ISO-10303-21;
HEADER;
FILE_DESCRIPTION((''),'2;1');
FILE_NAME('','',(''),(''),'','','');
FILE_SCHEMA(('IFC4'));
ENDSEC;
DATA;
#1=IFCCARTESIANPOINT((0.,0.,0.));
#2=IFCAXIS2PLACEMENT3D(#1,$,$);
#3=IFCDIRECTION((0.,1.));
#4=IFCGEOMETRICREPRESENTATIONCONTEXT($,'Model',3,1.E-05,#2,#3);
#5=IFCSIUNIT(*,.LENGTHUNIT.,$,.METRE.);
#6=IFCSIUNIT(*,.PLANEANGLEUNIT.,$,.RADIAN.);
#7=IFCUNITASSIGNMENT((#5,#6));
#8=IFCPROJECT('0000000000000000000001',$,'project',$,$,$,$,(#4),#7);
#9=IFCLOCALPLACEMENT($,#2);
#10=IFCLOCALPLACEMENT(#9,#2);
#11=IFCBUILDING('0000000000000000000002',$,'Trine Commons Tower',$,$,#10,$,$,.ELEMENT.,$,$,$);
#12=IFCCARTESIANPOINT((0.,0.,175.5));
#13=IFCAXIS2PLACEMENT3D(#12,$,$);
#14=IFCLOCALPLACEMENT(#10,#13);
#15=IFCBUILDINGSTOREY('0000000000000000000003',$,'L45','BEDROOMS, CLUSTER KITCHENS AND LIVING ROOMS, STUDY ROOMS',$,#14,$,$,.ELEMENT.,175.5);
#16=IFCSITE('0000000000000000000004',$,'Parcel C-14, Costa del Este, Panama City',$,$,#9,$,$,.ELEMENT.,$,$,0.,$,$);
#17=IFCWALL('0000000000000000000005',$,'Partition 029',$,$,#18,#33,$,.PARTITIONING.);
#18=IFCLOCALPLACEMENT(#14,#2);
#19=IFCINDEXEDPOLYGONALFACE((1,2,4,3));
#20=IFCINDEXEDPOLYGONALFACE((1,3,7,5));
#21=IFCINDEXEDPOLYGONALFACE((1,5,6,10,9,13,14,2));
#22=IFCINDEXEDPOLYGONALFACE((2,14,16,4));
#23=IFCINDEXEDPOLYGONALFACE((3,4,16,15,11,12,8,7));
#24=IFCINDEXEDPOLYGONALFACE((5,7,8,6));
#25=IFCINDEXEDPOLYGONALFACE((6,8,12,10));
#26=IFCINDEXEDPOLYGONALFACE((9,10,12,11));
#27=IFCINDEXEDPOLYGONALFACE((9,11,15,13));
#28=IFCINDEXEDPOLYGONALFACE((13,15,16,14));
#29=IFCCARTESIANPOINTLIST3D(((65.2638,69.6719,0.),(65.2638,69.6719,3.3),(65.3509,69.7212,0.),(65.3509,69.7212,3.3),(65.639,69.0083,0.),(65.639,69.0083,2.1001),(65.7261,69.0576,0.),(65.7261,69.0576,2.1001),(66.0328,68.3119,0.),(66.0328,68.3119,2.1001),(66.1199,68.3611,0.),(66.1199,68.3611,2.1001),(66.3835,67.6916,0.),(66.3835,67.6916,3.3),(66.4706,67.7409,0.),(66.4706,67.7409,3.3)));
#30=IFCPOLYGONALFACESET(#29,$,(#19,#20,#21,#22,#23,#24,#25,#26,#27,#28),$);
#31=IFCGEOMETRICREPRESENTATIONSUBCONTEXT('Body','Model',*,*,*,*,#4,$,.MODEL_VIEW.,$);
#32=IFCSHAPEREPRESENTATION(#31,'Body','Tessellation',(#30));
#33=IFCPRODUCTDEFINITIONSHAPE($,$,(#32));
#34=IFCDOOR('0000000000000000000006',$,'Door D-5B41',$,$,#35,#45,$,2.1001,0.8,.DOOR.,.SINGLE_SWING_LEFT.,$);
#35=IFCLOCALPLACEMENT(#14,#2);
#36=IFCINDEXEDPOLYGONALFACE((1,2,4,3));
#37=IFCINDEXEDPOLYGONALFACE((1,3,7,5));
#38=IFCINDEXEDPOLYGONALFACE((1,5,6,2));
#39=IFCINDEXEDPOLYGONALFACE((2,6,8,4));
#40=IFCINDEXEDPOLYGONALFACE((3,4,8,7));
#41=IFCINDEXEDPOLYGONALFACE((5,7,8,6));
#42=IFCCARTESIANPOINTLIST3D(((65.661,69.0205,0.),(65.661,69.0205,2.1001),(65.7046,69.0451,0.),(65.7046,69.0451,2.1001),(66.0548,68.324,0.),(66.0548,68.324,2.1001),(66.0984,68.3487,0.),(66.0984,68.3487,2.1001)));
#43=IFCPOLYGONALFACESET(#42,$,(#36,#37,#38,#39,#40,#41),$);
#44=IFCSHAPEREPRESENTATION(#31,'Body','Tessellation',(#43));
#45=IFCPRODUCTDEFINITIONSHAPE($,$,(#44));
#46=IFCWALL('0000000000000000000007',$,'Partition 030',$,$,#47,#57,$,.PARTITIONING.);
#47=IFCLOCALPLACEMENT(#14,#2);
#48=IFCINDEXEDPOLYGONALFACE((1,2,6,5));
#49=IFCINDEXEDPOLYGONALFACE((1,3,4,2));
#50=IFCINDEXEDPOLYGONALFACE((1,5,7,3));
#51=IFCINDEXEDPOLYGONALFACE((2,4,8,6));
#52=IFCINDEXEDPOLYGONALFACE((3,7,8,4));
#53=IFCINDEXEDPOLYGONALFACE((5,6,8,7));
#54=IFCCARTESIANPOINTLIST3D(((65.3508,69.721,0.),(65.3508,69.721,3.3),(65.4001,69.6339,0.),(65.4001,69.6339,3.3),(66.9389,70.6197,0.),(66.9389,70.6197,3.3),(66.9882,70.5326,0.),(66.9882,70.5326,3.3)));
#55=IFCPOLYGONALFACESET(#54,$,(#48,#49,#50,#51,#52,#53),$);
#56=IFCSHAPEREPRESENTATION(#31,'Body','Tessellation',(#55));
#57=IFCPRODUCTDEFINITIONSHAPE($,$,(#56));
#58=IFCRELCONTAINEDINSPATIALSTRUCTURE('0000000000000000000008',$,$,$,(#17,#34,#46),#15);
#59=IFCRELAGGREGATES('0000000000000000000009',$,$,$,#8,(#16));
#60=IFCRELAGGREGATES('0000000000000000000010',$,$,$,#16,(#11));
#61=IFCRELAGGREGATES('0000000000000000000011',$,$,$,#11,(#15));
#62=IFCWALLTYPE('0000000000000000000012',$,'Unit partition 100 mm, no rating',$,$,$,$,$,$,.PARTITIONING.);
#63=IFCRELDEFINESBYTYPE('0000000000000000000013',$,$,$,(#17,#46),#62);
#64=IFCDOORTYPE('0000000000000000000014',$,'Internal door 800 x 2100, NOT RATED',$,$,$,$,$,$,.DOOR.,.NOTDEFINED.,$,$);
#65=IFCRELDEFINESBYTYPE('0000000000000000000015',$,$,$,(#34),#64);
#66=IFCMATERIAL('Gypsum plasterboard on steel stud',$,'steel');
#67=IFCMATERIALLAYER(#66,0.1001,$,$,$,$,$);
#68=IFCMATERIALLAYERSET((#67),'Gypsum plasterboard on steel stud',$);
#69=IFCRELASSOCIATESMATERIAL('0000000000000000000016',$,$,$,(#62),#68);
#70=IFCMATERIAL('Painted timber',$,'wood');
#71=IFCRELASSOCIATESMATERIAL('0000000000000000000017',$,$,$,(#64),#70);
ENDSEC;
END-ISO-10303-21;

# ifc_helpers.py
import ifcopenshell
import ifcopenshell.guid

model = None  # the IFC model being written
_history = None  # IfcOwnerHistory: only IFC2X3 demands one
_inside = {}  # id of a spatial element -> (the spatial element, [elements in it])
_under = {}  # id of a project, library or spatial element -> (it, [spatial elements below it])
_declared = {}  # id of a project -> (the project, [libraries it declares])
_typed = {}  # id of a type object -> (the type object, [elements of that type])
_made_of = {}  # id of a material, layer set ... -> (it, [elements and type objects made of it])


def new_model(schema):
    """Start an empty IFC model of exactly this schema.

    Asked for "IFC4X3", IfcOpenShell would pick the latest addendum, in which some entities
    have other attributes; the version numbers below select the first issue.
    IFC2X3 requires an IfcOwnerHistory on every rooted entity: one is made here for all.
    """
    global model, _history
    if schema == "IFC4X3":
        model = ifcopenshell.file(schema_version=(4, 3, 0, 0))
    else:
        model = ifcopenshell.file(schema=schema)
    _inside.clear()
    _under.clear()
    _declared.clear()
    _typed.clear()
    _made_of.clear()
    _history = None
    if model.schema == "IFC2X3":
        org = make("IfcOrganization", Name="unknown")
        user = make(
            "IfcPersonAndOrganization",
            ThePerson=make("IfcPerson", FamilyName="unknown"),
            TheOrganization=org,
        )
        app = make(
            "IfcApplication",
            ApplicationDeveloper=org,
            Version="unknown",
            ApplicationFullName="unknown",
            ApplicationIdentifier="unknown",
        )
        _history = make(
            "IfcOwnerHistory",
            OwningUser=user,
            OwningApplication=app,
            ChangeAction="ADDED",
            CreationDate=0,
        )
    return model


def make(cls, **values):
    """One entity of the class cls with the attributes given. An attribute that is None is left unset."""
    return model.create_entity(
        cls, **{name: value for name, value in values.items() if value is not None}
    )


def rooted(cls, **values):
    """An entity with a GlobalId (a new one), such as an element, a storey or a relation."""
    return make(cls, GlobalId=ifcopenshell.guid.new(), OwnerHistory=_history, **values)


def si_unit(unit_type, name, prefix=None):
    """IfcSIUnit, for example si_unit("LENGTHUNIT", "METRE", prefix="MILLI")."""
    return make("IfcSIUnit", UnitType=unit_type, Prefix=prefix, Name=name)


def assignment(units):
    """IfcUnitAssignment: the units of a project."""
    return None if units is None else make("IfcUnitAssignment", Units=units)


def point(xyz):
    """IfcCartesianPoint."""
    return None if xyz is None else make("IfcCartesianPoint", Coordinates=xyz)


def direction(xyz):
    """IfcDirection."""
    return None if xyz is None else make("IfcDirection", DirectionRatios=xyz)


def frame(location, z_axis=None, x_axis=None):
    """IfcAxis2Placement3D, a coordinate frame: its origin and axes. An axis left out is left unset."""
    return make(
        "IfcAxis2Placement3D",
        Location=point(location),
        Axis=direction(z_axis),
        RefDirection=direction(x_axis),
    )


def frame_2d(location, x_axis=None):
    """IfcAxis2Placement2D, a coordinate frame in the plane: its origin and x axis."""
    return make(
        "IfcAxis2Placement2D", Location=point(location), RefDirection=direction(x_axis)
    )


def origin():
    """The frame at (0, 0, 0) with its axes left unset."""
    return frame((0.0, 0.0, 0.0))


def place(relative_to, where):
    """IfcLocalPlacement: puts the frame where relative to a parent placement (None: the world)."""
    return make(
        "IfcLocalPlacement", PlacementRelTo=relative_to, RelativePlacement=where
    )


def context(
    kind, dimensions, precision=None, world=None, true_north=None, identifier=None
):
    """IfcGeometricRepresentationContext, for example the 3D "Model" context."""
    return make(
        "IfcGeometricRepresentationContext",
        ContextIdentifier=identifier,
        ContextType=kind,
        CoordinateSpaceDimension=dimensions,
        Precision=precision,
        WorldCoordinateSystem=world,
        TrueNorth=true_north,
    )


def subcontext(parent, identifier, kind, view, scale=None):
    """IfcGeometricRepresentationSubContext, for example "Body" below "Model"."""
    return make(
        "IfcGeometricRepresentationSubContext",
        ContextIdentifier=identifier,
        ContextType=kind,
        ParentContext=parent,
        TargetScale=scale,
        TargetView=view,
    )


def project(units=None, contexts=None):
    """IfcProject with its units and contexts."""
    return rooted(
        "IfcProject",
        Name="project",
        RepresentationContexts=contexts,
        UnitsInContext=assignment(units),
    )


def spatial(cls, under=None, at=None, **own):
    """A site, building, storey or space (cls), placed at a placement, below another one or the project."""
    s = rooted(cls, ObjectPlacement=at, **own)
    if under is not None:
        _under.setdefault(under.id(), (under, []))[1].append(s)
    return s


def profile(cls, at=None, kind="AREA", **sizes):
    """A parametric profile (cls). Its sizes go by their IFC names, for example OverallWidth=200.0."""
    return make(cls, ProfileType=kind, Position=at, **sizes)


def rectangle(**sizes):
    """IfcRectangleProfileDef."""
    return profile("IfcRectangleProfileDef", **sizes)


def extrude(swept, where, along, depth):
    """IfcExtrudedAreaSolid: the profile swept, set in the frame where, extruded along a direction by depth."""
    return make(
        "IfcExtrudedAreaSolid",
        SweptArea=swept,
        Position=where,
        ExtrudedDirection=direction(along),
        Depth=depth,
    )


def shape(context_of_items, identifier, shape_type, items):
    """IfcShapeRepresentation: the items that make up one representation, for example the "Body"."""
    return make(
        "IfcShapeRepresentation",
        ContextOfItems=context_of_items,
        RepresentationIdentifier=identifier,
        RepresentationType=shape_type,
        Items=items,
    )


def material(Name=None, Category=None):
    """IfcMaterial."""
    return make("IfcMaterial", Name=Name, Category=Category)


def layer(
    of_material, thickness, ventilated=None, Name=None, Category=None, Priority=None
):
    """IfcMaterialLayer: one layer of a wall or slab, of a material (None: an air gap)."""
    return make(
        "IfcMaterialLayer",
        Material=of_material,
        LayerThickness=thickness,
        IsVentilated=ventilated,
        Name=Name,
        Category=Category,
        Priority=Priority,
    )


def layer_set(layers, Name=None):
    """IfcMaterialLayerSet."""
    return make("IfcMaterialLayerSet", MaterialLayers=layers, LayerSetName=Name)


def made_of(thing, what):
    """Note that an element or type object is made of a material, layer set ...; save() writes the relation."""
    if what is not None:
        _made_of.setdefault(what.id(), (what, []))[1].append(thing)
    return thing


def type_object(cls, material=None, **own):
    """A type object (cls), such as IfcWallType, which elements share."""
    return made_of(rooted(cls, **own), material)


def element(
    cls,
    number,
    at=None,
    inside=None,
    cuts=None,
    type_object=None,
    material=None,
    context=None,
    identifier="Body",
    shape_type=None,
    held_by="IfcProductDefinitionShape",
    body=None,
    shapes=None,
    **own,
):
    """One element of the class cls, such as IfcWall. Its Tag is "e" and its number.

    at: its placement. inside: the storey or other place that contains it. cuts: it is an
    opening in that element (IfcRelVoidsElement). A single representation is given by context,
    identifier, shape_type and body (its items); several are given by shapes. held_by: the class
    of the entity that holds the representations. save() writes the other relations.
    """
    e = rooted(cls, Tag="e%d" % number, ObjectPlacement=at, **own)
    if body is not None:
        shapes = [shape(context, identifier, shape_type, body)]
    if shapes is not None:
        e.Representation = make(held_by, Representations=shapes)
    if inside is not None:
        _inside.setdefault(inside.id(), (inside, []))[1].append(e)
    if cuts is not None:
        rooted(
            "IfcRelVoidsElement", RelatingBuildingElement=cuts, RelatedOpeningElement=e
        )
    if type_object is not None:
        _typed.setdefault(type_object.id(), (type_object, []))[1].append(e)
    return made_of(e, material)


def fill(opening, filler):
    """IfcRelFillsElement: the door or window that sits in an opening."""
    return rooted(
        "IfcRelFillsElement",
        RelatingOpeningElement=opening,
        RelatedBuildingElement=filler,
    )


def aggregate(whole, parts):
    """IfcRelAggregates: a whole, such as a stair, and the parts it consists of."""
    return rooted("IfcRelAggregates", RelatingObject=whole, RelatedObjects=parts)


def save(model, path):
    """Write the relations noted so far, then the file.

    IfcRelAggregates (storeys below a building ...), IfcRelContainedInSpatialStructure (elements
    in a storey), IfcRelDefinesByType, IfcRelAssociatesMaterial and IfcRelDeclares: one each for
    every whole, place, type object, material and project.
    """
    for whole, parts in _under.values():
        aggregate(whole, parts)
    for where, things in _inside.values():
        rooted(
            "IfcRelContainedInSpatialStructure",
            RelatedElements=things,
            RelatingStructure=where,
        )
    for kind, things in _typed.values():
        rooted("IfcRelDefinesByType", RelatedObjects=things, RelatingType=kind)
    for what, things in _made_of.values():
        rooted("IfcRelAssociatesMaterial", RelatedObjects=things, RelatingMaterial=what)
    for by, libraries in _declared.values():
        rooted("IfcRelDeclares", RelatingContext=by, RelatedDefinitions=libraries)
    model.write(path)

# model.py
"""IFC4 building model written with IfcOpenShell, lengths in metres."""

from ifc_helpers import new_model, si_unit, direction, frame, frame_2d, origin, place, context, subcontext, project, spatial, rectangle, extrude, material, layer, layer_set, type_object, element, fill, save


model = new_model("IFC4")

# Units and contexts
model_context = context("Model", 3, precision=1e-05, world=origin(), true_north=direction((0.0, 1.0)))
body_context = subcontext(model_context, "Body", "Model", "MODEL_VIEW")
ifc_project = project(units=[si_unit("LENGTHUNIT", "METRE"), si_unit("PLANEANGLEUNIT", "RADIAN")], contexts=[model_context])

# Site, building, storey
site_placement = place(None, origin())
site = spatial("IfcSite", under=ifc_project, at=site_placement, Name="Parcel C-14, Costa del Este, Panama City", CompositionType="ELEMENT", RefElevation=0.0)
building_placement = place(site_placement, origin())
building = spatial("IfcBuilding", under=site, at=building_placement, Name="Trine Commons Tower", CompositionType="ELEMENT")
storey_placement = place(building_placement, frame((0.0, 0.0, 175.5)))
storey = spatial("IfcBuildingStorey", under=building, at=storey_placement, Name="L45", Description="BEDROOMS, CLUSTER KITCHENS AND LIVING ROOMS, STUDY ROOMS", CompositionType="ELEMENT", Elevation=175.5)

# Shared definitions
ifc_material_1 = material(Name="Gypsum plasterboard on steel stud", Category="steel")

# Shared definitions
ifc_layer_1 = layer(ifc_material_1, 0.1001)
ifc_layer_set_1 = layer_set([ifc_layer_1], Name="Gypsum plasterboard on steel stud")
wall_type_1 = type_object("IfcWallType", Name="Unit partition 100 mm, no rating", PredefinedType="PARTITIONING", material=ifc_layer_set_1)

# Wall, opening, door
ifc_material_2 = material(Name="Painted timber", Category="wood")
door_type_1 = type_object("IfcDoorType", Name="Internal door 800 x 2100, NOT RATED", OperationType="NOTDEFINED", PredefinedType="DOOR", material=ifc_material_2)
wall_1_placement = place(storey_placement, frame((65.3074, 69.6965, 0.0), z_axis=(0.0, 0.0, 1.0), x_axis=(0.492181, -0.870493, 0.0)))
wall_1 = element("IfcWall", 1, at=wall_1_placement, inside=storey, type_object=wall_type_1, Name="Partition 029", PredefinedType="PARTITIONING", context=body_context, shape_type="SweptSolid", body=[
    extrude(rectangle(XDim=2.2749, YDim=0.1001, at=frame_2d((1.1375, 0.0))), origin(), (0.0, 0.0, 1.0), 3.3),
])
opening_1_placement = place(wall_1_placement, frame((0.7625, 0.0, 0.0)))
opening_1 = element("IfcOpeningElement", 2, at=opening_1_placement, cuts=wall_1, PredefinedType="OPENING", context=body_context, shape_type="SweptSolid", body=[
    extrude(rectangle(XDim=0.8, YDim=2.1001, at=frame_2d((0.3999, 1.05))), frame((0.0, 0.0601, 0.0), z_axis=(0.0, -1.0, 0.0), x_axis=(1.0, 0.0, 0.0)), (0.0, 0.0, 1.0), 0.1201),
])
door_1_placement = place(opening_1_placement, frame((0.8, 0.0, 0.0), z_axis=(0.0, 0.0, 1.0), x_axis=(-1.0, 0.0, 0.0)))
door_1 = element("IfcDoor", 3, at=door_1_placement, inside=storey, type_object=door_type_1, Name="Door D-5B41", OperationType="SINGLE_SWING_LEFT", OverallHeight=2.1001, OverallWidth=0.8, PredefinedType="DOOR", context=body_context, shape_type="SweptSolid", body=[
    extrude(rectangle(XDim=0.8, YDim=2.1001, at=frame_2d((0.3999, 1.05))), frame((0.0, 0.0249, 0.0), z_axis=(0.0, -1.0, 0.0), x_axis=(1.0, 0.0, 0.0)), (0.0, 0.0, 1.0), 0.05),
])
fill(opening_1, door_1)

# Wall
wall_2_placement = place(storey_placement, frame((65.3755, 69.6775, 0.0), z_axis=(0.0, 0.0, 1.0), x_axis=(0.870319, 0.492489, 0.0)))
element("IfcWall", 4, at=wall_2_placement, inside=storey, type_object=wall_type_1, Name="Partition 030", PredefinedType="PARTITIONING", context=body_context, shape_type="SweptSolid", body=[
    extrude(rectangle(XDim=1.8247, YDim=0.1001, at=frame_2d((0.9124, 0.0))), origin(), (0.0, 0.0, 1.0), 3.3),
])

save(model, "model.ifc")
